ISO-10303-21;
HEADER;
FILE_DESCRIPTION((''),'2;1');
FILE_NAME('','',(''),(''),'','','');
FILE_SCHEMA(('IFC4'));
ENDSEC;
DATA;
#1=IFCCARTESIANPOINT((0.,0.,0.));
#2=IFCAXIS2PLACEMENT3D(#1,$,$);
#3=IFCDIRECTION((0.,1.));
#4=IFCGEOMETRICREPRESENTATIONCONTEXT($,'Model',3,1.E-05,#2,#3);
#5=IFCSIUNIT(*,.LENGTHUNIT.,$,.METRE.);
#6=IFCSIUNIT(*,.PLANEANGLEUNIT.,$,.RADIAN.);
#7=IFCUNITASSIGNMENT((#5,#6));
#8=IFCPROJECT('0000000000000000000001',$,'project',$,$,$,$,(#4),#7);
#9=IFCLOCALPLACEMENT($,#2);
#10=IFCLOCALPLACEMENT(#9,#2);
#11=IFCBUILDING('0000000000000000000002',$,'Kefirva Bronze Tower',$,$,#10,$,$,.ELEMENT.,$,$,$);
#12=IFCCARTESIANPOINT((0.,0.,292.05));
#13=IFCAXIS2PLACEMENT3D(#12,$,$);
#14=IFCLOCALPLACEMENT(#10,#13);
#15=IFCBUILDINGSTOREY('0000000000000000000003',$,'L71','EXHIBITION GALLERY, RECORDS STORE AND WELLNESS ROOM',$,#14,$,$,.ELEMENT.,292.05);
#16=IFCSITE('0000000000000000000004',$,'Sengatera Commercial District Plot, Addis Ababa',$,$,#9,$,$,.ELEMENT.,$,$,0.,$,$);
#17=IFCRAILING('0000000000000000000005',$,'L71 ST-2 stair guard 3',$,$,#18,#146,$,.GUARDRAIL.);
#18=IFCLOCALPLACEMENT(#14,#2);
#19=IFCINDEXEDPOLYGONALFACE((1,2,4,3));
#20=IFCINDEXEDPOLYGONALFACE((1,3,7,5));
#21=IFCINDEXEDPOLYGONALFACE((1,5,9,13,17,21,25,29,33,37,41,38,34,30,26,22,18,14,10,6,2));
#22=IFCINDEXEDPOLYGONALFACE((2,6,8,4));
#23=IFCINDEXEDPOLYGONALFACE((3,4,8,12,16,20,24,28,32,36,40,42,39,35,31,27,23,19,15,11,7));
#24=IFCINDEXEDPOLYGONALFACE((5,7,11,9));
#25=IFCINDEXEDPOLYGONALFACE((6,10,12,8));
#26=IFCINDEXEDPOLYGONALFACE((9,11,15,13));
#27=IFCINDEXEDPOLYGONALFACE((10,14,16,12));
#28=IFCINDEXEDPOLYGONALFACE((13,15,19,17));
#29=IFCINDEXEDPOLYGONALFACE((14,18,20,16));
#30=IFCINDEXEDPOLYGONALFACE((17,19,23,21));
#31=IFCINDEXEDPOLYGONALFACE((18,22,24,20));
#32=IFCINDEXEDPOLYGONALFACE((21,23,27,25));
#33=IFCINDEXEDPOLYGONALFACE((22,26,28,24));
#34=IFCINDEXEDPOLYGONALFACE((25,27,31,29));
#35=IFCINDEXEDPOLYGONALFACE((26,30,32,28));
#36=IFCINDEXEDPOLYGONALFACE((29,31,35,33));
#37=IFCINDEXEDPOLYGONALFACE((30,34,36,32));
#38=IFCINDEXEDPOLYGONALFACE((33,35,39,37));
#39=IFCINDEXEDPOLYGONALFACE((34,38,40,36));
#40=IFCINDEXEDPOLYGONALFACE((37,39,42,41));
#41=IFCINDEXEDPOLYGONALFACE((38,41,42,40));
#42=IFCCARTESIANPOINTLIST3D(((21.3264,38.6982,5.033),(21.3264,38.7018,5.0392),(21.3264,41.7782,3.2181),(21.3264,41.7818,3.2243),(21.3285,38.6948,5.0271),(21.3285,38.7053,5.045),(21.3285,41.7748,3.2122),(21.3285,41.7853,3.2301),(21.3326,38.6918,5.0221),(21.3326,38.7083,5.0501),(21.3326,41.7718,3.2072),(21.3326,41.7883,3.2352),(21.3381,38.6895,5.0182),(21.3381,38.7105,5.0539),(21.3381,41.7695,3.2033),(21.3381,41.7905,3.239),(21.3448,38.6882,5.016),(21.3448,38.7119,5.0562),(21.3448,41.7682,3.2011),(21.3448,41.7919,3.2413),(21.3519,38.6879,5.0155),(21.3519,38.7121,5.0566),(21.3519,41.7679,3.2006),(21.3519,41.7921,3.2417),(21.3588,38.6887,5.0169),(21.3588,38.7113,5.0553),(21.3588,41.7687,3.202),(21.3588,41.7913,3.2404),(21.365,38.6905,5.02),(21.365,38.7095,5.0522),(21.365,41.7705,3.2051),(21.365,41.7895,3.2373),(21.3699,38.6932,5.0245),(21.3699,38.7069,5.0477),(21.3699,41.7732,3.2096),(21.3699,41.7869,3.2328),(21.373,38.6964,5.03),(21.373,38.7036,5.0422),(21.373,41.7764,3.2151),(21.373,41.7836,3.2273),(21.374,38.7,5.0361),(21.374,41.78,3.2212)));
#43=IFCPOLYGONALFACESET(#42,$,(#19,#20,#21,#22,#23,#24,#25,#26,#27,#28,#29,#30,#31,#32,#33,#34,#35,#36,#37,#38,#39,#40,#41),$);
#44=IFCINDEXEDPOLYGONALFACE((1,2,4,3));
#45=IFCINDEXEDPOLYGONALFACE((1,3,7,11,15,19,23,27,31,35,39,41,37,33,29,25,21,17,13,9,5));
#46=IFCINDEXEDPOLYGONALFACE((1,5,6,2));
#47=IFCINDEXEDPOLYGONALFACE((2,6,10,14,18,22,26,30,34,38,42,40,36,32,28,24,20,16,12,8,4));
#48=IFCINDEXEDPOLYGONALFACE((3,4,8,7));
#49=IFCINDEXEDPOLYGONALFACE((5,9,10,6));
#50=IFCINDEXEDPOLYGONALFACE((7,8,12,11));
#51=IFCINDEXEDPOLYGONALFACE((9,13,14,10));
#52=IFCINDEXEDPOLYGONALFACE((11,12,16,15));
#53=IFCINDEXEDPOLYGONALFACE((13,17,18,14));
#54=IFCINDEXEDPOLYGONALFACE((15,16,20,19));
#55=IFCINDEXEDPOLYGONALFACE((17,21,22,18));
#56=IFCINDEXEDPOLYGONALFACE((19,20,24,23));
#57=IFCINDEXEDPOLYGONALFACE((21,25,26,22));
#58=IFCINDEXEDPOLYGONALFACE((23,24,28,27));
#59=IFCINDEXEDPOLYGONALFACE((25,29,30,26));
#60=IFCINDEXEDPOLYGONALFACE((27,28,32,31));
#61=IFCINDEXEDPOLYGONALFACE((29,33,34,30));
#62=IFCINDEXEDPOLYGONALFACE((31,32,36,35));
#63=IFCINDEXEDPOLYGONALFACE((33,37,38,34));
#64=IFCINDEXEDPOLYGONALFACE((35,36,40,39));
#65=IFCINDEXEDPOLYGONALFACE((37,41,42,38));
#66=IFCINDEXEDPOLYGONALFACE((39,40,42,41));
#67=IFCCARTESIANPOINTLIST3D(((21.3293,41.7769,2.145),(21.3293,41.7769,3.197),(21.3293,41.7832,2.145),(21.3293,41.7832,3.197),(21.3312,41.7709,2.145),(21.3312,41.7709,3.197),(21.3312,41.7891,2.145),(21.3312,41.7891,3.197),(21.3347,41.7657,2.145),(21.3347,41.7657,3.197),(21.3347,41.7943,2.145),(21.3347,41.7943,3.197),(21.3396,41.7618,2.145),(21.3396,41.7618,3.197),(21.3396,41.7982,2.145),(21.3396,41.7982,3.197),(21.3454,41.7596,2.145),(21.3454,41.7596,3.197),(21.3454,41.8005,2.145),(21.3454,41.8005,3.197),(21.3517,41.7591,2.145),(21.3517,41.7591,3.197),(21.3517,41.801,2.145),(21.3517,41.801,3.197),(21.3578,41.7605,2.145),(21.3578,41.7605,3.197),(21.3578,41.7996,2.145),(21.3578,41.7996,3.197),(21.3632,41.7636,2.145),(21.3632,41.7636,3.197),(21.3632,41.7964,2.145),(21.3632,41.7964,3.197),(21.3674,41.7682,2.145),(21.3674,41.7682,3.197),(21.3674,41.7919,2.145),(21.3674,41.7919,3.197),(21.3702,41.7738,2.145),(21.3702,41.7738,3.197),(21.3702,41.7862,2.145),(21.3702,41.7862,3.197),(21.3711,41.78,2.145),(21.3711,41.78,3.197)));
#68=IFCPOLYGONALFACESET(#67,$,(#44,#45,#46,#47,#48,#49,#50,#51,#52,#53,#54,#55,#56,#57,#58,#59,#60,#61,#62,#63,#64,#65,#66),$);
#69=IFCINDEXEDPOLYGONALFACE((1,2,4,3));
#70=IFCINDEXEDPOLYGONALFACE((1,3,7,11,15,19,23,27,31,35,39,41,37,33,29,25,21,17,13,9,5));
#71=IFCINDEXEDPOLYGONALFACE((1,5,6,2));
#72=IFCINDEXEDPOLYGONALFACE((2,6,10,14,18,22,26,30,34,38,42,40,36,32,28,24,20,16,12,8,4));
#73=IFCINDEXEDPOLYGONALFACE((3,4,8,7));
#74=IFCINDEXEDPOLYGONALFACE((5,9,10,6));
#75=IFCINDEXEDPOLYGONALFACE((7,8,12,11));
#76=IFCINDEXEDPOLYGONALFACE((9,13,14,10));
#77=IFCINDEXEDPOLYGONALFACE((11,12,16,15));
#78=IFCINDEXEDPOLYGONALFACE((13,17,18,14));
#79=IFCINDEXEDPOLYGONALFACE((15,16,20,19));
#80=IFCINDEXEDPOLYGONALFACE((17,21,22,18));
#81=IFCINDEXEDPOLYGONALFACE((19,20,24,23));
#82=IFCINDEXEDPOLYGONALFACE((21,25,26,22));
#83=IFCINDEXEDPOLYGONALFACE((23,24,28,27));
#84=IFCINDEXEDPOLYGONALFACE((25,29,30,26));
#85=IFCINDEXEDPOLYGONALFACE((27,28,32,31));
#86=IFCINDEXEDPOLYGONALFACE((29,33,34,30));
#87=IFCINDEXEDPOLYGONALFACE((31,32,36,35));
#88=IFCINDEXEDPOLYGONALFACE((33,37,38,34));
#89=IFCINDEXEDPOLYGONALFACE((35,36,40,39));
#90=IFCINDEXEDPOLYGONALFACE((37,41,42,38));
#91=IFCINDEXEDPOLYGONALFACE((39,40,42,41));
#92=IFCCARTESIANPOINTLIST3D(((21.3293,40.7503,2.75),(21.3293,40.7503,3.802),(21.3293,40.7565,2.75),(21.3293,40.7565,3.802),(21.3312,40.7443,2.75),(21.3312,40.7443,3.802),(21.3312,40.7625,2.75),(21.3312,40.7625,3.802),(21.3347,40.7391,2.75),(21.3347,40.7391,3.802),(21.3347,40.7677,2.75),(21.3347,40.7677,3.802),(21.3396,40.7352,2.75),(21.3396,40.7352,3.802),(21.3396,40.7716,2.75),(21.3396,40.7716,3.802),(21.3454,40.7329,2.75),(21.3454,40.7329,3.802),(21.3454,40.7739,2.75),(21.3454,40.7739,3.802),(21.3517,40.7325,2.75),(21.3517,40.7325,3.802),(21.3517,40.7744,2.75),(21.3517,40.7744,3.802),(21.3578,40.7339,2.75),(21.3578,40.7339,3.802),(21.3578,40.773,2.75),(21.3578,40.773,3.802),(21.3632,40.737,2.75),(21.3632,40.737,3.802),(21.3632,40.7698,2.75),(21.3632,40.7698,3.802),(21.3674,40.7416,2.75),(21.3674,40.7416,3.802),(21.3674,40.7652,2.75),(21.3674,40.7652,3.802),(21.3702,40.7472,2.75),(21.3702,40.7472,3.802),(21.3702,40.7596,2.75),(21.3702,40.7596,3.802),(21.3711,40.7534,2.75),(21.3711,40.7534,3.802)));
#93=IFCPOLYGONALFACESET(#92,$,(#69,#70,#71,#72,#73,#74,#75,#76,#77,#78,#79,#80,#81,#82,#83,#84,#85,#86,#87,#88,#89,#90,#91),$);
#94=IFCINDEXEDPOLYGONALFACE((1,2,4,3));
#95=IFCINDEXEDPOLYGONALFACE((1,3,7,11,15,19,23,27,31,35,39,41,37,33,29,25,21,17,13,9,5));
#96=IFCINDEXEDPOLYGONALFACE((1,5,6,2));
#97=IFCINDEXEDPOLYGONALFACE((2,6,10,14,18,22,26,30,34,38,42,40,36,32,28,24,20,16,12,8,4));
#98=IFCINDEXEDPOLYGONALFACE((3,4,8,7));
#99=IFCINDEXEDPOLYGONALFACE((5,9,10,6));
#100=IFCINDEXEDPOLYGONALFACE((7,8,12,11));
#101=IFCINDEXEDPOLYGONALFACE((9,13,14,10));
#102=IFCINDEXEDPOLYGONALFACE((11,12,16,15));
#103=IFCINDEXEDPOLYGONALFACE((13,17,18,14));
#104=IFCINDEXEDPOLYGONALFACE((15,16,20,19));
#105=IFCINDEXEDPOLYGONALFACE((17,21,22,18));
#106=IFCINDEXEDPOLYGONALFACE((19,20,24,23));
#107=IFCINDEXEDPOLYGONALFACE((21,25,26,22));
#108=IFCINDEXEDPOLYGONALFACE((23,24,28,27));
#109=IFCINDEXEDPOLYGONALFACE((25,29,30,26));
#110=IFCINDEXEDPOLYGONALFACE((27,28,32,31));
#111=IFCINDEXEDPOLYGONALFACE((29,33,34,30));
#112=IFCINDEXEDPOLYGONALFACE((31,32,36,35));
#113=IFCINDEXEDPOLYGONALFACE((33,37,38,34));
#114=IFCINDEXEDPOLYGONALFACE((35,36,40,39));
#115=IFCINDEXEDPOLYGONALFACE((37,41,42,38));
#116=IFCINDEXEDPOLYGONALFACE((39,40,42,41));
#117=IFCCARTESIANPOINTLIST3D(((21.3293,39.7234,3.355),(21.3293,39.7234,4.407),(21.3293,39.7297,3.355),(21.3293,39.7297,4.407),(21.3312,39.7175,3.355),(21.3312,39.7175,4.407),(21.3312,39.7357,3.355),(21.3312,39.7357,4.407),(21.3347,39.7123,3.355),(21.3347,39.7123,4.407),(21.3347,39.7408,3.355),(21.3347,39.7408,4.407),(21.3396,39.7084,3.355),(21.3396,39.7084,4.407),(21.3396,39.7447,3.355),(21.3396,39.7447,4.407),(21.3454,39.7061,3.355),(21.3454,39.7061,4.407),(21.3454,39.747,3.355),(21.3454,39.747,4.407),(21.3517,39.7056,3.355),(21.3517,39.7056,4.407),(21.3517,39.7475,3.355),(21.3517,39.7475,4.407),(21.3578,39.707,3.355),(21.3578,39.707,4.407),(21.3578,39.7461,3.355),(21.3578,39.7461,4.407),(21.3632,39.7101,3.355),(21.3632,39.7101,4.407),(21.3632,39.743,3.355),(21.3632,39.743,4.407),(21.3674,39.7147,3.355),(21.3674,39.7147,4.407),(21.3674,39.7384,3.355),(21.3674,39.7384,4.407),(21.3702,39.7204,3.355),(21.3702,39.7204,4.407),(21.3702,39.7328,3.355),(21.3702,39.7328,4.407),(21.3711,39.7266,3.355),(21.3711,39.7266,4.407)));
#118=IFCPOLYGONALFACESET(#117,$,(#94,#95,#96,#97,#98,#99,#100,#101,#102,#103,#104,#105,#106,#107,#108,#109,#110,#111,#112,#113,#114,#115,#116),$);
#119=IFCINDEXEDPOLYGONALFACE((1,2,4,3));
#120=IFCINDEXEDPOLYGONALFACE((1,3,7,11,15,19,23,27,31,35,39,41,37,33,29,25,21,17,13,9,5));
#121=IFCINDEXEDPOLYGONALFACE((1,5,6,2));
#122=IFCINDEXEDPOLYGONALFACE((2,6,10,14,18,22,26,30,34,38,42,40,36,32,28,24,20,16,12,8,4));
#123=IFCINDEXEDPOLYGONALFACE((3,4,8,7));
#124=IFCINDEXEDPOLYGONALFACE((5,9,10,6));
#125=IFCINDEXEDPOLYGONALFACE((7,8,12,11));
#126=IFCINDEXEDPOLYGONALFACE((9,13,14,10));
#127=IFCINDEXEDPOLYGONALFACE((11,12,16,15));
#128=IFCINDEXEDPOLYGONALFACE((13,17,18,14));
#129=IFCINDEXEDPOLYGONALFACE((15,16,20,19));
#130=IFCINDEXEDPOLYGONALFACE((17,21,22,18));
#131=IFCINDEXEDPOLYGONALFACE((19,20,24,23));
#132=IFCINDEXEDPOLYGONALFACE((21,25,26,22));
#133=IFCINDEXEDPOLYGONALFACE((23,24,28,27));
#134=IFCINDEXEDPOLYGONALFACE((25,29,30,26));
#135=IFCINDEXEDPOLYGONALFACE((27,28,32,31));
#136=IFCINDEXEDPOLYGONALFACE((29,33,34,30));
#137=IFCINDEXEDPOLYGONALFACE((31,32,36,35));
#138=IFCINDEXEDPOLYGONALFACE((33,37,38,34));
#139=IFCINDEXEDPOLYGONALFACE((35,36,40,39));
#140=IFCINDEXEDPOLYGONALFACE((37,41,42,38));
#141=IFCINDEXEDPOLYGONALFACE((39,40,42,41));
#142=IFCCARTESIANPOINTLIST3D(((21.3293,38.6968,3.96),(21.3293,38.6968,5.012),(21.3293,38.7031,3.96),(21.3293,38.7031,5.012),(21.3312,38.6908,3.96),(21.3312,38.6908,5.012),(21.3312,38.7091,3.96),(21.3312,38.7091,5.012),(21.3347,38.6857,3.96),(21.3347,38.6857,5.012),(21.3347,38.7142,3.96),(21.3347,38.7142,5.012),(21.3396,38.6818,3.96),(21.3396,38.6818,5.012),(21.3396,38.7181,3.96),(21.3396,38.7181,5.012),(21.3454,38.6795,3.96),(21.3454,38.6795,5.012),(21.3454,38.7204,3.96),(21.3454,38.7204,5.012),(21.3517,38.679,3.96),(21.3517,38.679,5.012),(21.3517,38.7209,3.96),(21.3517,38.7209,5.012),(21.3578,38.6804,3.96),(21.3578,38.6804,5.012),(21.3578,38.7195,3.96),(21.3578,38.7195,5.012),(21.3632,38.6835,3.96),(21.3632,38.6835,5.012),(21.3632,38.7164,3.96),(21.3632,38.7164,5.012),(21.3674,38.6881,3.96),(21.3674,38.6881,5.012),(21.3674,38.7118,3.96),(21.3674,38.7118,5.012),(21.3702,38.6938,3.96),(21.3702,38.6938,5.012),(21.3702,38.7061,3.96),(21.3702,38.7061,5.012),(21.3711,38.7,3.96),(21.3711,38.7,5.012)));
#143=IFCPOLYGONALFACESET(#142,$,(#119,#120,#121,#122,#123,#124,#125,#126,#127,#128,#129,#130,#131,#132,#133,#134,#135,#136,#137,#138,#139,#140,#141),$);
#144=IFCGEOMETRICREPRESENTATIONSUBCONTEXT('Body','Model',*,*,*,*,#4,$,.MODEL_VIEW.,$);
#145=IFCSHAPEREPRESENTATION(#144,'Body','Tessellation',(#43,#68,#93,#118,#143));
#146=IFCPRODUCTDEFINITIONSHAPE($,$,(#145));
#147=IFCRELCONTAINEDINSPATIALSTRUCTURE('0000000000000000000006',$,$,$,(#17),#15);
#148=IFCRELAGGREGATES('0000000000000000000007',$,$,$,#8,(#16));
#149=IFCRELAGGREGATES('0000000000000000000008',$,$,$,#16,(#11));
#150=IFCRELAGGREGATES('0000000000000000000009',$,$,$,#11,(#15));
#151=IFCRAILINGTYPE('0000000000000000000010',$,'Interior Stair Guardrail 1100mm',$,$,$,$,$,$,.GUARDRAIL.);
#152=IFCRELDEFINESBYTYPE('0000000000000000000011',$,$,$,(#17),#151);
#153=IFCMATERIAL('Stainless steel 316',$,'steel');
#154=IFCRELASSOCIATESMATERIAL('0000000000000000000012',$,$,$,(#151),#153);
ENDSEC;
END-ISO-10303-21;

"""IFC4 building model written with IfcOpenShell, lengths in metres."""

from ifc_helpers import new_model, si_unit, direction, frame, origin, origin_2d, place, context, subcontext, project, spatial, circle, extrude, material, type_object, element, save


model = new_model("IFC4")

# Units and contexts
model_context = context("Model", 3, precision=1e-05, world=origin(), true_north=direction((0.0, 1.0)))
body_context = subcontext(model_context, "Body", "Model", "MODEL_VIEW")
ifc_project = project(units=[si_unit("LENGTHUNIT", "METRE"), si_unit("PLANEANGLEUNIT", "RADIAN")], contexts=[model_context])

# Site, building, storey
site_placement = place(None, origin())
site = spatial("IfcSite", under=ifc_project, at=site_placement, Name="Sengatera Commercial District Plot, Addis Ababa", CompositionType="ELEMENT", RefElevation=0.0)
building_placement = place(site_placement, origin())
building = spatial("IfcBuilding", under=site, at=building_placement, Name="Kefirva Bronze Tower", CompositionType="ELEMENT")
storey_placement = place(building_placement, frame((0.0, 0.0, 292.05)))
storey = spatial("IfcBuildingStorey", under=building, at=storey_placement, Name="L71", Description="EXHIBITION GALLERY, RECORDS STORE AND WELLNESS ROOM", CompositionType="ELEMENT", Elevation=292.05)

# Shared definitions
ifc_material_1 = material(Name="Stainless steel 316", Category="steel")

# Railing
railing_type_1 = type_object("IfcRailingType", Name="Interior Stair Guardrail 1100mm", PredefinedType="GUARDRAIL", material=ifc_material_1)
railing_1_placement = place(storey_placement, frame((21.3501, 41.78, 2.145)))
element("IfcRailing", 1, at=railing_1_placement, inside=storey, type_object=railing_type_1, Name="L71 ST-2 stair guard 3", PredefinedType="GUARDRAIL", context=body_context, shape_type="SweptSolid", body=[
    extrude(circle(Radius=0.0239, at=origin_2d()), frame((0.0, 0.0, 1.0762), z_axis=(0.0, -0.861551, 0.507671), x_axis=(1.0, 0.0, 0.0)), (0.0, 0.0, 1.0), 3.575),
    extrude(circle(Radius=0.021, at=origin_2d()), origin(), (0.0, 0.0, 1.0), 1.052),
    extrude(circle(Radius=0.021, at=origin_2d()), frame((0.0, -1.0266, 0.605)), (0.0, 0.0, 1.0), 1.052),
    extrude(circle(Radius=0.021, at=origin_2d()), frame((0.0, -2.0535, 1.21)), (0.0, 0.0, 1.0), 1.052),
    extrude(circle(Radius=0.021, at=origin_2d()), frame((0.0, -3.0801, 1.8149)), (0.0, 0.0, 1.0), 1.052),
])

save(model, "model.ifc")
